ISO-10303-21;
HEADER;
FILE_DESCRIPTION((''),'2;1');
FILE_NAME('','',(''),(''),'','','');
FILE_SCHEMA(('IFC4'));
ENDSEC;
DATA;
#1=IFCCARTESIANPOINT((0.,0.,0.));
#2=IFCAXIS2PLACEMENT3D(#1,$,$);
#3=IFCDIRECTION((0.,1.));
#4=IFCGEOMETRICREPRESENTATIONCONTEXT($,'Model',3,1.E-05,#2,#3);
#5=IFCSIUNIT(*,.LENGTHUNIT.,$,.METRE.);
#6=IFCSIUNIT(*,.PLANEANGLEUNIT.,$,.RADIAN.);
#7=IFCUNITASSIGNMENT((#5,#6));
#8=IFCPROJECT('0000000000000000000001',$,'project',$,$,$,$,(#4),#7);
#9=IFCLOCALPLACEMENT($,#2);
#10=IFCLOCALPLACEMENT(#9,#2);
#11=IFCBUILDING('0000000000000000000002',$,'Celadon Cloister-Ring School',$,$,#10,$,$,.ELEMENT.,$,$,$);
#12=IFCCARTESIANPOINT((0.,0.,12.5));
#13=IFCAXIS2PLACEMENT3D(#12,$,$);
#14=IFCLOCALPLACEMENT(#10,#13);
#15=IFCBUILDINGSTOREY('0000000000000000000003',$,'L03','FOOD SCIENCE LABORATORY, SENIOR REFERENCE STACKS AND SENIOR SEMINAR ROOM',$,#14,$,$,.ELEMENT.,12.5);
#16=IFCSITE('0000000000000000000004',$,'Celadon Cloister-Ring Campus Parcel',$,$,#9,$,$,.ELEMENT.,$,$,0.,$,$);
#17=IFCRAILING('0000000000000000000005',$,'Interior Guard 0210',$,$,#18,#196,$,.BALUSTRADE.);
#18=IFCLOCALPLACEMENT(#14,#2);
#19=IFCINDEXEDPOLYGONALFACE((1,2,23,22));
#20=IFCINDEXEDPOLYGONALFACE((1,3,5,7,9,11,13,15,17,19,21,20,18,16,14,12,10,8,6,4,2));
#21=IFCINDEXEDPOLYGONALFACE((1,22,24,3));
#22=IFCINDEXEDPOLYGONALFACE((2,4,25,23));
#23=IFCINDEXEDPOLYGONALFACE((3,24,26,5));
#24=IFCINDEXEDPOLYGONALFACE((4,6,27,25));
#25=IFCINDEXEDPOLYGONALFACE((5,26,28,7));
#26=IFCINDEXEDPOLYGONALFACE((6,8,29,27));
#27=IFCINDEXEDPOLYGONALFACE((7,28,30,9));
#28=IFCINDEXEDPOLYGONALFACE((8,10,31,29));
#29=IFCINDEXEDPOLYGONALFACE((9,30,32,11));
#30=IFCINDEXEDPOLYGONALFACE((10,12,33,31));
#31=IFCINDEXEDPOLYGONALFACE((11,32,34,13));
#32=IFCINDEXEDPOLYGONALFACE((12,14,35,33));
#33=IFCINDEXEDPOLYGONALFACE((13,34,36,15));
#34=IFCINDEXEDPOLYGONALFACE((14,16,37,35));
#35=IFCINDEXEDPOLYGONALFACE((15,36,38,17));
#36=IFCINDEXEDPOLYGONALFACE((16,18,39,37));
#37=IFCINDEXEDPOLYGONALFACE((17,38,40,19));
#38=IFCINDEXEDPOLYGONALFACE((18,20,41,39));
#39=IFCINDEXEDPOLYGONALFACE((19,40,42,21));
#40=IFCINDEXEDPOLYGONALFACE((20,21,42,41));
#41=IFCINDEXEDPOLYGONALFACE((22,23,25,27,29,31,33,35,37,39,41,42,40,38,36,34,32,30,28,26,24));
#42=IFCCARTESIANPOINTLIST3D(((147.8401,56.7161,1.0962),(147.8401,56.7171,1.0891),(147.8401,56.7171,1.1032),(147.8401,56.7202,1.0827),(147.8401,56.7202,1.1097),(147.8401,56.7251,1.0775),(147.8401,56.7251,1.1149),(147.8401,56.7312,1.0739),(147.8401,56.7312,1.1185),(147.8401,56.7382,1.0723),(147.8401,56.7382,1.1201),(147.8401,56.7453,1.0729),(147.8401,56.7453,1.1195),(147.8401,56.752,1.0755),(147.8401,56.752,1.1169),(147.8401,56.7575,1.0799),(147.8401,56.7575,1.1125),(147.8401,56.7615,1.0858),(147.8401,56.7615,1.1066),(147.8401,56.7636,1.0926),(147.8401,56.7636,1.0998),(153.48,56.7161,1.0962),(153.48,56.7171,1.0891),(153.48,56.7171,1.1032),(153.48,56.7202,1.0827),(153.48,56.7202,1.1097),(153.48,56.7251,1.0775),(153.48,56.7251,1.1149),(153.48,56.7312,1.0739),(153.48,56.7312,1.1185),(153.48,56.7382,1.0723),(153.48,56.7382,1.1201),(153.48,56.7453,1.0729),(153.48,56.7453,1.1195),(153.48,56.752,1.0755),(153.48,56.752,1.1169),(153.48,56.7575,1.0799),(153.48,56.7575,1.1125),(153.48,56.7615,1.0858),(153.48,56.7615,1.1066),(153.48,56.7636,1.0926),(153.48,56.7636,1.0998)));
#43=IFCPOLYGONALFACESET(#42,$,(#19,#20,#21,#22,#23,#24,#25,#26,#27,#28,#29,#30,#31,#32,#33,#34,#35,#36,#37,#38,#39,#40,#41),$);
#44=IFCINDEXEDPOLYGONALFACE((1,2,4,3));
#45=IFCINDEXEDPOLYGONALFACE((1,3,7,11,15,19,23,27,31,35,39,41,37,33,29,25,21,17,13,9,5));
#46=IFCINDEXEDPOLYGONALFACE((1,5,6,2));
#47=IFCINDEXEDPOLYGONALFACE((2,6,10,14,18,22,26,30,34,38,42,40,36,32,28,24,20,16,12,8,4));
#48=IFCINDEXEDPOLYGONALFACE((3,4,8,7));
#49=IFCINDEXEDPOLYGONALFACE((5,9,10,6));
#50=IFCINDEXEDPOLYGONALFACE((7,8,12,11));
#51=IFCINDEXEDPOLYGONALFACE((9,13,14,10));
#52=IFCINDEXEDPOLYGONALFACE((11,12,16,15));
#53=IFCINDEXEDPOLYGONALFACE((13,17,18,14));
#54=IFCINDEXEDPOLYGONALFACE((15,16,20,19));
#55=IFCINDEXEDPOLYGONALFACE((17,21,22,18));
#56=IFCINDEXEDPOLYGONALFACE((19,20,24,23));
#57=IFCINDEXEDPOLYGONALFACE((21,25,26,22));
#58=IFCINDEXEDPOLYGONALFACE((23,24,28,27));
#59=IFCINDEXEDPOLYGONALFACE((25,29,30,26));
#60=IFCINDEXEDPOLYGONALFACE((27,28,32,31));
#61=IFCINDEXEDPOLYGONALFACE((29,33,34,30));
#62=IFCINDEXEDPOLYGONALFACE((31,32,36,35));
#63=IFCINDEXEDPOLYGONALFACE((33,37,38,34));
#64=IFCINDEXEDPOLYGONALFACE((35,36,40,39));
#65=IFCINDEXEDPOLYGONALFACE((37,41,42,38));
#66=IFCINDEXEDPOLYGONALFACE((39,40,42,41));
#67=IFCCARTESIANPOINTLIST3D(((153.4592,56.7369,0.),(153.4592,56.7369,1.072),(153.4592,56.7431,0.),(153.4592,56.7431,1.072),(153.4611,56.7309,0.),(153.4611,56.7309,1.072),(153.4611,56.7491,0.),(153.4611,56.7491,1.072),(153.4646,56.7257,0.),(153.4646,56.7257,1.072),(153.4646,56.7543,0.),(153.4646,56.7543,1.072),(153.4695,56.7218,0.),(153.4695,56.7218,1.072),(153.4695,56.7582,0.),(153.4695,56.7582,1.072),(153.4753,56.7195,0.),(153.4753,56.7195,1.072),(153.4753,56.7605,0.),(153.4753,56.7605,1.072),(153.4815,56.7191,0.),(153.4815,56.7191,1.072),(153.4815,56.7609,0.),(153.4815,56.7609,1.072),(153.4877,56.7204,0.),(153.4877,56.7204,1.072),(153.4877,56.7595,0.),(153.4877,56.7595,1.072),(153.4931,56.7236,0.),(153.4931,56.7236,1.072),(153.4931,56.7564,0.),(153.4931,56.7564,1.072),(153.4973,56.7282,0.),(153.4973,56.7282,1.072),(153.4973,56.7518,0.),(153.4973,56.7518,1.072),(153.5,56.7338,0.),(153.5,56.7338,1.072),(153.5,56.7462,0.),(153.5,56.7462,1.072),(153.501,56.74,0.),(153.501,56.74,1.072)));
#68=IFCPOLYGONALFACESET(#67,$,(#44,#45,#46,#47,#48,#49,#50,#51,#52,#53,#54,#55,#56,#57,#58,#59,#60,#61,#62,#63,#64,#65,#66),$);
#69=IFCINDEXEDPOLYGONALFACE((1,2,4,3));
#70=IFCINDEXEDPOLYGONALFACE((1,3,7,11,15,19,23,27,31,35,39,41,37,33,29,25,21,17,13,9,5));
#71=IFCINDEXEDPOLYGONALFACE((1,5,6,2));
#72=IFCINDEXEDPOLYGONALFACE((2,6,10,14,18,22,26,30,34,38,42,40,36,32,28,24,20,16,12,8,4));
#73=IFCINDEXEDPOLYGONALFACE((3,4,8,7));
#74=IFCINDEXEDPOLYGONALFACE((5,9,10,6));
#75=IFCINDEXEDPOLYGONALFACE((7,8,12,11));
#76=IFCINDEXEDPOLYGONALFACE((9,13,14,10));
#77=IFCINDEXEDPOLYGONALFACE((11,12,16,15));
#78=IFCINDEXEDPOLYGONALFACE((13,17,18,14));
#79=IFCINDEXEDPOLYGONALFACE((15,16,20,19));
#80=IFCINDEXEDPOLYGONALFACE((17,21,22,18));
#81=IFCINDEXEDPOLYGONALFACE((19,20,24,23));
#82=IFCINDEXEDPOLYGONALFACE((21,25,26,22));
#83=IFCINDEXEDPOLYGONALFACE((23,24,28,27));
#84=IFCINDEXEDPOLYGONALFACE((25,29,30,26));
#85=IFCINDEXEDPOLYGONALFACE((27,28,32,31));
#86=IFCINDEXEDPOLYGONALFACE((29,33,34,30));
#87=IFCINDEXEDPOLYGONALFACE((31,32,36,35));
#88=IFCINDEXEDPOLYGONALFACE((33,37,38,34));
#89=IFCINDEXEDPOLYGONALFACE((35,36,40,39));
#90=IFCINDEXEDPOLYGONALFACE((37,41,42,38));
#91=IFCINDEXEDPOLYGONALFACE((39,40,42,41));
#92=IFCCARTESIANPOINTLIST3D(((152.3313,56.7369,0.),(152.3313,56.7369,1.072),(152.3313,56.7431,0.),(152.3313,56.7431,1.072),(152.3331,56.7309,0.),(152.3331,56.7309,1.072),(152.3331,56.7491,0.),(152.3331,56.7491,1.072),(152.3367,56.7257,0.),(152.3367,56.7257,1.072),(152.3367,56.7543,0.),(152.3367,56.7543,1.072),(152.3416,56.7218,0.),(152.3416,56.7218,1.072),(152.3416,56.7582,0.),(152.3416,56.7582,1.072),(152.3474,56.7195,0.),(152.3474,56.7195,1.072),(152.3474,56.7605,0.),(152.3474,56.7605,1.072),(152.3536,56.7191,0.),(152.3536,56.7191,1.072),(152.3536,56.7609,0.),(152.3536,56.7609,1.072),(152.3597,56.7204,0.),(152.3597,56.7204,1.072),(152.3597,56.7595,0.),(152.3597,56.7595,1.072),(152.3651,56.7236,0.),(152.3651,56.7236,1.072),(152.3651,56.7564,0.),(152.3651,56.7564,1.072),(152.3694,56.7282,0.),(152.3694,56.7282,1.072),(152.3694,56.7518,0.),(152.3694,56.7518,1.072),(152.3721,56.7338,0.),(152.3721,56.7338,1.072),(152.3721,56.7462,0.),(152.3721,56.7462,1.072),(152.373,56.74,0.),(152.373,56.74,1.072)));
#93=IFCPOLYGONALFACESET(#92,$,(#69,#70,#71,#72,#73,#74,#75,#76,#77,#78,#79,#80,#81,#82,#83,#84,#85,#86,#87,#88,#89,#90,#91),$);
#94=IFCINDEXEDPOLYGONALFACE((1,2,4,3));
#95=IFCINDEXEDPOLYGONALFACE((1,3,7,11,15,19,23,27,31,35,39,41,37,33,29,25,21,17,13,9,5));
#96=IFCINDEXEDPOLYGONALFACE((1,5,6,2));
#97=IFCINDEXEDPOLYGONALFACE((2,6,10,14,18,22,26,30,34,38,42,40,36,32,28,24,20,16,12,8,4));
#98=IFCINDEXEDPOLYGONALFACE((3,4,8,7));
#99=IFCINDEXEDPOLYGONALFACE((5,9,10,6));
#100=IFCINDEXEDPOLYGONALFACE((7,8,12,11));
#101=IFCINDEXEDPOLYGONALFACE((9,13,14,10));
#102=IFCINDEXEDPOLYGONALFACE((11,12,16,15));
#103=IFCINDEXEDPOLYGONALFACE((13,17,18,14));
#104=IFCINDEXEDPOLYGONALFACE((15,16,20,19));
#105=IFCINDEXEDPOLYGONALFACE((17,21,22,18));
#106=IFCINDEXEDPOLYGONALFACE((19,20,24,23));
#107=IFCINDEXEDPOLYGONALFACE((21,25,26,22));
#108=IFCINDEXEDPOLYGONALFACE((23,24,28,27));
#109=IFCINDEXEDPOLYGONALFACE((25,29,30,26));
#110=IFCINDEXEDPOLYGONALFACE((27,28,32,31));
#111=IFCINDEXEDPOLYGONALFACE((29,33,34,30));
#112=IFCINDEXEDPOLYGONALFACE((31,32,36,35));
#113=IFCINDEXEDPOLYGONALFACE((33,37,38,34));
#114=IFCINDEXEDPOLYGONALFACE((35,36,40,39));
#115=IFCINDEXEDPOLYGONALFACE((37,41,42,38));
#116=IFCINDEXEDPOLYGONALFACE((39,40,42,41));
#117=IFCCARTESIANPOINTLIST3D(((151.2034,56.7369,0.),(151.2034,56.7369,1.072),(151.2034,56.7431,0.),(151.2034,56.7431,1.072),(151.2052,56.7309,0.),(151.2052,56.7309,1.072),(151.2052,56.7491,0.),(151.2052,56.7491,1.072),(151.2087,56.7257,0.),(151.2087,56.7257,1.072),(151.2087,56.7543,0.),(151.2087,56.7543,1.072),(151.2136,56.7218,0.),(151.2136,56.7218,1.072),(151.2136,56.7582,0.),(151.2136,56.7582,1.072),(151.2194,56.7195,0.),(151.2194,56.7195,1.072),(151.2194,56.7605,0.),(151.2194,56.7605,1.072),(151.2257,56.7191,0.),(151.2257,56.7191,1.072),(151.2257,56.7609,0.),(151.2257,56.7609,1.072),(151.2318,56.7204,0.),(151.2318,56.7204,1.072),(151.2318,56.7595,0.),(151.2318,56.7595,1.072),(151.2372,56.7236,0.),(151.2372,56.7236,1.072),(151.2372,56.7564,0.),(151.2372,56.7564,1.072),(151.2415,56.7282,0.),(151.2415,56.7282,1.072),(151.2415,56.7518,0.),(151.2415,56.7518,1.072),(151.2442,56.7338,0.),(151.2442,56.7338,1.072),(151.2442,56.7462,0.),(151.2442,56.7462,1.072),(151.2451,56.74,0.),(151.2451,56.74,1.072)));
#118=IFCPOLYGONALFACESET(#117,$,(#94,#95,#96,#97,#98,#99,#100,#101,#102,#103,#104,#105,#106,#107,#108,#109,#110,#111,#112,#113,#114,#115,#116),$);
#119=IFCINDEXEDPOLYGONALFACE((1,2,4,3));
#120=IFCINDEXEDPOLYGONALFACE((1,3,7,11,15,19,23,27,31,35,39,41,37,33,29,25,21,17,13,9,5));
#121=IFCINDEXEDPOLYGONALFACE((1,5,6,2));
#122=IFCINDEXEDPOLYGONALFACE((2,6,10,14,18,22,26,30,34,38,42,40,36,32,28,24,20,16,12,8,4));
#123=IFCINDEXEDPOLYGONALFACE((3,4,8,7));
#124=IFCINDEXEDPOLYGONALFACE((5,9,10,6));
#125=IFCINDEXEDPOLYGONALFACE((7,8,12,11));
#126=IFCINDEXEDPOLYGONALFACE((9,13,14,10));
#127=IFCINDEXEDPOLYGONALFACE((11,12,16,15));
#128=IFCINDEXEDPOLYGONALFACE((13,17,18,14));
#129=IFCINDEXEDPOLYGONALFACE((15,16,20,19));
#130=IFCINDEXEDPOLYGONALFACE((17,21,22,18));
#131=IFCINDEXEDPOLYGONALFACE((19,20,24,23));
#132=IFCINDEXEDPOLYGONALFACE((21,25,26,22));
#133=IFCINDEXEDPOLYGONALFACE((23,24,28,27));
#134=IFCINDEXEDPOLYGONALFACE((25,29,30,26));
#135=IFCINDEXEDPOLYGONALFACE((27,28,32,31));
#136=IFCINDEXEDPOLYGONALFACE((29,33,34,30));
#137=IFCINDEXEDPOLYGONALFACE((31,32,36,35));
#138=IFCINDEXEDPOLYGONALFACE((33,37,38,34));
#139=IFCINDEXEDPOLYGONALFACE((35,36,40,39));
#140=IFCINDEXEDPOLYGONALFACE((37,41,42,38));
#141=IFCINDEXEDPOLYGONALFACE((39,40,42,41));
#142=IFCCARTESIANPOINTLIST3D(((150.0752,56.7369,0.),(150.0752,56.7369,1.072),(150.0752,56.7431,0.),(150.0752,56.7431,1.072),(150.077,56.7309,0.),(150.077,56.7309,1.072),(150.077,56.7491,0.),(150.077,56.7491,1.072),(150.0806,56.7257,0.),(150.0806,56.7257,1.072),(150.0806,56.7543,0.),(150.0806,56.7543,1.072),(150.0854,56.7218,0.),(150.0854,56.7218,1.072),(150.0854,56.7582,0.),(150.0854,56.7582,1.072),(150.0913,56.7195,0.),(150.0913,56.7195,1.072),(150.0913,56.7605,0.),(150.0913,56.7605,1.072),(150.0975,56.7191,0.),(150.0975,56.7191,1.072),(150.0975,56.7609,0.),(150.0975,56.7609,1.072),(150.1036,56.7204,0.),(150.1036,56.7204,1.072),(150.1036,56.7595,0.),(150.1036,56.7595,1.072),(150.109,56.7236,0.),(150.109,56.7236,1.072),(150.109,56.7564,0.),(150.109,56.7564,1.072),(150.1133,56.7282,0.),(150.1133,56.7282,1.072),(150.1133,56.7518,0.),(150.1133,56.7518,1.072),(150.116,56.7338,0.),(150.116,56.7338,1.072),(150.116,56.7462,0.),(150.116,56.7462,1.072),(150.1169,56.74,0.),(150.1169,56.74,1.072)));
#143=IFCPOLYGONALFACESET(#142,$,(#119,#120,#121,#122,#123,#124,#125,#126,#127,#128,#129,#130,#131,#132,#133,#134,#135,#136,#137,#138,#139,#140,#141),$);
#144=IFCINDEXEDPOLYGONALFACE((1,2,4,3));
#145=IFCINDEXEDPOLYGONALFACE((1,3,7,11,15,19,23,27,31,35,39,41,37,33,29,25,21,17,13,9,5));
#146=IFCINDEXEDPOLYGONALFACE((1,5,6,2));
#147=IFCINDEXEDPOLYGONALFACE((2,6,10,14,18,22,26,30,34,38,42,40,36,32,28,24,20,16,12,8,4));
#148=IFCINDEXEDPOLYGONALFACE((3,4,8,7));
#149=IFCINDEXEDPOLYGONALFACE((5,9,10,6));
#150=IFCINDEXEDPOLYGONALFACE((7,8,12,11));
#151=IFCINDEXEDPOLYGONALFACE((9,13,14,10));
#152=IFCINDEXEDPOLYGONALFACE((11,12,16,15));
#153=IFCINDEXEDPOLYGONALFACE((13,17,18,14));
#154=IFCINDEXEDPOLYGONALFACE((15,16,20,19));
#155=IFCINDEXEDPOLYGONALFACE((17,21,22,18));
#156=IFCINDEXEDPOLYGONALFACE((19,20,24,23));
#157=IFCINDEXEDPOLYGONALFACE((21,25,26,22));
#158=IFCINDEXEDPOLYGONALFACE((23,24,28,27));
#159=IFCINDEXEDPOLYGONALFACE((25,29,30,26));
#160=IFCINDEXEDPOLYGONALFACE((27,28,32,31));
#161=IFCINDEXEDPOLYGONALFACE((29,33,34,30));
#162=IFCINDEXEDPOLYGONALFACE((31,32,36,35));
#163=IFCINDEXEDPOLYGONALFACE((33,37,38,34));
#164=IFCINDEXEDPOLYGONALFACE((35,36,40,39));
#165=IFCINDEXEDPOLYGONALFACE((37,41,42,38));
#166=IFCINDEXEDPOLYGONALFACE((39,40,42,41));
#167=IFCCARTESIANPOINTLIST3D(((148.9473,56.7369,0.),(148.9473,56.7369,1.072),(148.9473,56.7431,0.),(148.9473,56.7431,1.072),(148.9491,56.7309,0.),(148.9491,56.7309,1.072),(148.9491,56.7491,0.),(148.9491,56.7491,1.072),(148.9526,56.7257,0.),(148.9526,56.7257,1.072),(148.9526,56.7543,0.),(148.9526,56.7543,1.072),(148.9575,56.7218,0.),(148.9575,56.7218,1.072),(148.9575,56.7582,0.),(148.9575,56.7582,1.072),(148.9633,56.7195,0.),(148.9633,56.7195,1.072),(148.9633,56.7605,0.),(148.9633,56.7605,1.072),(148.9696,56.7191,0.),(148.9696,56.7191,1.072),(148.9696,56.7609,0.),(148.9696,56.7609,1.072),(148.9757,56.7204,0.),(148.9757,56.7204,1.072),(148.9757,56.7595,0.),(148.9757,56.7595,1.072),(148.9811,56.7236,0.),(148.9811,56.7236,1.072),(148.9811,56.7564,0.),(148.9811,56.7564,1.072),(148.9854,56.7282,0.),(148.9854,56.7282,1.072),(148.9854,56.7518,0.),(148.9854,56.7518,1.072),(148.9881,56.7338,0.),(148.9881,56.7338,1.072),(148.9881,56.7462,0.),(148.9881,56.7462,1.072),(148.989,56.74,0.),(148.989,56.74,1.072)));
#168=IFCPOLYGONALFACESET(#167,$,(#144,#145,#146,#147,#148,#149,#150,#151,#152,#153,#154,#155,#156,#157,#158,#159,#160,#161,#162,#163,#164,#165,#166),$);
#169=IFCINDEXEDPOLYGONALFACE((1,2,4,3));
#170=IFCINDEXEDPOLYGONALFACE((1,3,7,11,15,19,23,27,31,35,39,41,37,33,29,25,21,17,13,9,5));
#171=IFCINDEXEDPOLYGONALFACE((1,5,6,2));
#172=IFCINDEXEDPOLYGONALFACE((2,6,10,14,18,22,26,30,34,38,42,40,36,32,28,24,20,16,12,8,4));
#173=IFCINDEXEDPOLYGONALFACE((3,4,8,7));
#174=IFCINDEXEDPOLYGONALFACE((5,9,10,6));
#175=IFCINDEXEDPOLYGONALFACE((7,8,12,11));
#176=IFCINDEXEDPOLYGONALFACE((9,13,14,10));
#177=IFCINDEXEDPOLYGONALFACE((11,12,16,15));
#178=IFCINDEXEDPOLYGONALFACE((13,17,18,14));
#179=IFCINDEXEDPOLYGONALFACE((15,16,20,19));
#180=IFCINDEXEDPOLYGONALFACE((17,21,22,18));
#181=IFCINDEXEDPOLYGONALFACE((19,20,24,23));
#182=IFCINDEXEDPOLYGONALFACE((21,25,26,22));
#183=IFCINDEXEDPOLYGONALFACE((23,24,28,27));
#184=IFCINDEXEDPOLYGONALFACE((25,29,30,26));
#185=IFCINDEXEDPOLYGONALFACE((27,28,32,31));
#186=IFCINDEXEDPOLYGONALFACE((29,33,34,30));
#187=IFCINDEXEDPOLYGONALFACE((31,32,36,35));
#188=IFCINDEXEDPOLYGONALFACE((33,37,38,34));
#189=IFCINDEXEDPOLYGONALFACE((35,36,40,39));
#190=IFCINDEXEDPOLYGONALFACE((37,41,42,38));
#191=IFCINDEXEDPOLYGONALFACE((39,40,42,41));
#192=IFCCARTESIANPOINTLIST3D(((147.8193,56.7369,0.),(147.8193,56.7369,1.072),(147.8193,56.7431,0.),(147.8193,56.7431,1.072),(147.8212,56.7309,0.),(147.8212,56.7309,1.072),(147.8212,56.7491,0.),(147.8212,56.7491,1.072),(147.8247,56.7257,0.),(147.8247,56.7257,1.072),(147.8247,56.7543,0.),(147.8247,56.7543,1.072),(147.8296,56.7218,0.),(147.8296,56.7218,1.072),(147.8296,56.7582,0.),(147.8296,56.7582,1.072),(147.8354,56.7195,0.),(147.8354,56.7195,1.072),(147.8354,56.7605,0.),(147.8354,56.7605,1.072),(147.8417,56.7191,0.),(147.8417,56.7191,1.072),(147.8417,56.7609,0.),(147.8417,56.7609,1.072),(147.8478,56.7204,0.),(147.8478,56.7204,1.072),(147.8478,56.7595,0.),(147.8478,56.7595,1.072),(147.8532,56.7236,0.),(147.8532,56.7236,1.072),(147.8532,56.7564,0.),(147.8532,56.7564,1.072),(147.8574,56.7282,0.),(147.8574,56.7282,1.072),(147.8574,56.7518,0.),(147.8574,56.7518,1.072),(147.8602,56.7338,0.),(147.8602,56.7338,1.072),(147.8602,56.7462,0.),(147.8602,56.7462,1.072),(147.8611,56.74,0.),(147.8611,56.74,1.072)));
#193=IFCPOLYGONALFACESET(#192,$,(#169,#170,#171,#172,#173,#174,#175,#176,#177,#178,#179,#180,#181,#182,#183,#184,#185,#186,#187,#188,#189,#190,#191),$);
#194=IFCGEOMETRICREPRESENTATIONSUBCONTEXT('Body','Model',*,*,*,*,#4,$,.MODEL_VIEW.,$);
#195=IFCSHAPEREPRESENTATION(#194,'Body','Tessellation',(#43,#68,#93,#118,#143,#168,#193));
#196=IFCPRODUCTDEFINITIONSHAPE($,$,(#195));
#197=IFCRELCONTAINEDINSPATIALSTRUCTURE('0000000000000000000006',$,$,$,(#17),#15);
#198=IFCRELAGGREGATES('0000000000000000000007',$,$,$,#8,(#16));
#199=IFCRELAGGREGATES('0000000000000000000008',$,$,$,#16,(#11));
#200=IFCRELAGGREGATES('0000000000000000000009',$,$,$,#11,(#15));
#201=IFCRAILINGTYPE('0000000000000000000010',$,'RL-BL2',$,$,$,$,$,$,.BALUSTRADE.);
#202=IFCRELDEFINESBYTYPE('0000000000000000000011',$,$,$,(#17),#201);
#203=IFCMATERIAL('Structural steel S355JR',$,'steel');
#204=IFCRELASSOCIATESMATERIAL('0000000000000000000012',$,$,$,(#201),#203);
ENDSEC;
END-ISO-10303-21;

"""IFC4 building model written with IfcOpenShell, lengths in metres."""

from ifc_helpers import new_model, si_unit, direction, frame, origin, origin_2d, place, context, subcontext, project, spatial, circle, extrude, material, type_object, element, save


model = new_model("IFC4")

# Units and contexts
model_context = context("Model", 3, precision=1e-05, world=origin(), true_north=direction((0.0, 1.0)))
body_context = subcontext(model_context, "Body", "Model", "MODEL_VIEW")
ifc_project = project(units=[si_unit("LENGTHUNIT", "METRE"), si_unit("PLANEANGLEUNIT", "RADIAN")], contexts=[model_context])

# Site, building, storey
site_placement = place(None, origin())
site = spatial("IfcSite", under=ifc_project, at=site_placement, Name="Celadon Cloister-Ring Campus Parcel", CompositionType="ELEMENT", RefElevation=0.0)
building_placement = place(site_placement, origin())
building = spatial("IfcBuilding", under=site, at=building_placement, Name="Celadon Cloister-Ring School", CompositionType="ELEMENT")
storey_placement = place(building_placement, frame((0.0, 0.0, 12.5)))
storey = spatial("IfcBuildingStorey", under=building, at=storey_placement, Name="L03", Description="FOOD SCIENCE LABORATORY, SENIOR REFERENCE STACKS AND SENIOR SEMINAR ROOM", CompositionType="ELEMENT", Elevation=12.5)

# Railing
ifc_material_1 = material(Name="Structural steel S355JR", Category="steel")
railing_type_1 = type_object("IfcRailingType", Name="RL-BL2", PredefinedType="BALUSTRADE", material=ifc_material_1)
railing_1_placement = place(storey_placement, frame((153.48, 56.74, 0.0)))
element("IfcRailing", 1, at=railing_1_placement, inside=storey, type_object=railing_type_1, Name="Interior Guard 0210", PredefinedType="BALUSTRADE", context=body_context, shape_type="SweptSolid", body=[
    extrude(circle(Radius=0.0239, at=origin_2d()), frame((0.0, 0.0, 1.0962), z_axis=(-1.0, 0.0, 0.0), x_axis=(0.0, -1.0, 0.0)), (0.0, 0.0, 1.0), 5.6399),
    extrude(circle(Radius=0.021, at=origin_2d()), origin(), (0.0, 0.0, 1.0), 1.072),
    extrude(circle(Radius=0.021, at=origin_2d()), frame((-1.1279, 0.0, 0.0)), (0.0, 0.0, 1.0), 1.072),
    extrude(circle(Radius=0.021, at=origin_2d()), frame((-2.2559, 0.0, 0.0)), (0.0, 0.0, 1.0), 1.072),
    extrude(circle(Radius=0.021, at=origin_2d()), frame((-3.384, 0.0, 0.0)), (0.0, 0.0, 1.0), 1.072),
    extrude(circle(Radius=0.021, at=origin_2d()), frame((-4.512, 0.0, 0.0)), (0.0, 0.0, 1.0), 1.072),
    extrude(circle(Radius=0.021, at=origin_2d()), frame((-5.6399, 0.0, 0.0)), (0.0, 0.0, 1.0), 1.072),
])

save(model, "model.ifc")
